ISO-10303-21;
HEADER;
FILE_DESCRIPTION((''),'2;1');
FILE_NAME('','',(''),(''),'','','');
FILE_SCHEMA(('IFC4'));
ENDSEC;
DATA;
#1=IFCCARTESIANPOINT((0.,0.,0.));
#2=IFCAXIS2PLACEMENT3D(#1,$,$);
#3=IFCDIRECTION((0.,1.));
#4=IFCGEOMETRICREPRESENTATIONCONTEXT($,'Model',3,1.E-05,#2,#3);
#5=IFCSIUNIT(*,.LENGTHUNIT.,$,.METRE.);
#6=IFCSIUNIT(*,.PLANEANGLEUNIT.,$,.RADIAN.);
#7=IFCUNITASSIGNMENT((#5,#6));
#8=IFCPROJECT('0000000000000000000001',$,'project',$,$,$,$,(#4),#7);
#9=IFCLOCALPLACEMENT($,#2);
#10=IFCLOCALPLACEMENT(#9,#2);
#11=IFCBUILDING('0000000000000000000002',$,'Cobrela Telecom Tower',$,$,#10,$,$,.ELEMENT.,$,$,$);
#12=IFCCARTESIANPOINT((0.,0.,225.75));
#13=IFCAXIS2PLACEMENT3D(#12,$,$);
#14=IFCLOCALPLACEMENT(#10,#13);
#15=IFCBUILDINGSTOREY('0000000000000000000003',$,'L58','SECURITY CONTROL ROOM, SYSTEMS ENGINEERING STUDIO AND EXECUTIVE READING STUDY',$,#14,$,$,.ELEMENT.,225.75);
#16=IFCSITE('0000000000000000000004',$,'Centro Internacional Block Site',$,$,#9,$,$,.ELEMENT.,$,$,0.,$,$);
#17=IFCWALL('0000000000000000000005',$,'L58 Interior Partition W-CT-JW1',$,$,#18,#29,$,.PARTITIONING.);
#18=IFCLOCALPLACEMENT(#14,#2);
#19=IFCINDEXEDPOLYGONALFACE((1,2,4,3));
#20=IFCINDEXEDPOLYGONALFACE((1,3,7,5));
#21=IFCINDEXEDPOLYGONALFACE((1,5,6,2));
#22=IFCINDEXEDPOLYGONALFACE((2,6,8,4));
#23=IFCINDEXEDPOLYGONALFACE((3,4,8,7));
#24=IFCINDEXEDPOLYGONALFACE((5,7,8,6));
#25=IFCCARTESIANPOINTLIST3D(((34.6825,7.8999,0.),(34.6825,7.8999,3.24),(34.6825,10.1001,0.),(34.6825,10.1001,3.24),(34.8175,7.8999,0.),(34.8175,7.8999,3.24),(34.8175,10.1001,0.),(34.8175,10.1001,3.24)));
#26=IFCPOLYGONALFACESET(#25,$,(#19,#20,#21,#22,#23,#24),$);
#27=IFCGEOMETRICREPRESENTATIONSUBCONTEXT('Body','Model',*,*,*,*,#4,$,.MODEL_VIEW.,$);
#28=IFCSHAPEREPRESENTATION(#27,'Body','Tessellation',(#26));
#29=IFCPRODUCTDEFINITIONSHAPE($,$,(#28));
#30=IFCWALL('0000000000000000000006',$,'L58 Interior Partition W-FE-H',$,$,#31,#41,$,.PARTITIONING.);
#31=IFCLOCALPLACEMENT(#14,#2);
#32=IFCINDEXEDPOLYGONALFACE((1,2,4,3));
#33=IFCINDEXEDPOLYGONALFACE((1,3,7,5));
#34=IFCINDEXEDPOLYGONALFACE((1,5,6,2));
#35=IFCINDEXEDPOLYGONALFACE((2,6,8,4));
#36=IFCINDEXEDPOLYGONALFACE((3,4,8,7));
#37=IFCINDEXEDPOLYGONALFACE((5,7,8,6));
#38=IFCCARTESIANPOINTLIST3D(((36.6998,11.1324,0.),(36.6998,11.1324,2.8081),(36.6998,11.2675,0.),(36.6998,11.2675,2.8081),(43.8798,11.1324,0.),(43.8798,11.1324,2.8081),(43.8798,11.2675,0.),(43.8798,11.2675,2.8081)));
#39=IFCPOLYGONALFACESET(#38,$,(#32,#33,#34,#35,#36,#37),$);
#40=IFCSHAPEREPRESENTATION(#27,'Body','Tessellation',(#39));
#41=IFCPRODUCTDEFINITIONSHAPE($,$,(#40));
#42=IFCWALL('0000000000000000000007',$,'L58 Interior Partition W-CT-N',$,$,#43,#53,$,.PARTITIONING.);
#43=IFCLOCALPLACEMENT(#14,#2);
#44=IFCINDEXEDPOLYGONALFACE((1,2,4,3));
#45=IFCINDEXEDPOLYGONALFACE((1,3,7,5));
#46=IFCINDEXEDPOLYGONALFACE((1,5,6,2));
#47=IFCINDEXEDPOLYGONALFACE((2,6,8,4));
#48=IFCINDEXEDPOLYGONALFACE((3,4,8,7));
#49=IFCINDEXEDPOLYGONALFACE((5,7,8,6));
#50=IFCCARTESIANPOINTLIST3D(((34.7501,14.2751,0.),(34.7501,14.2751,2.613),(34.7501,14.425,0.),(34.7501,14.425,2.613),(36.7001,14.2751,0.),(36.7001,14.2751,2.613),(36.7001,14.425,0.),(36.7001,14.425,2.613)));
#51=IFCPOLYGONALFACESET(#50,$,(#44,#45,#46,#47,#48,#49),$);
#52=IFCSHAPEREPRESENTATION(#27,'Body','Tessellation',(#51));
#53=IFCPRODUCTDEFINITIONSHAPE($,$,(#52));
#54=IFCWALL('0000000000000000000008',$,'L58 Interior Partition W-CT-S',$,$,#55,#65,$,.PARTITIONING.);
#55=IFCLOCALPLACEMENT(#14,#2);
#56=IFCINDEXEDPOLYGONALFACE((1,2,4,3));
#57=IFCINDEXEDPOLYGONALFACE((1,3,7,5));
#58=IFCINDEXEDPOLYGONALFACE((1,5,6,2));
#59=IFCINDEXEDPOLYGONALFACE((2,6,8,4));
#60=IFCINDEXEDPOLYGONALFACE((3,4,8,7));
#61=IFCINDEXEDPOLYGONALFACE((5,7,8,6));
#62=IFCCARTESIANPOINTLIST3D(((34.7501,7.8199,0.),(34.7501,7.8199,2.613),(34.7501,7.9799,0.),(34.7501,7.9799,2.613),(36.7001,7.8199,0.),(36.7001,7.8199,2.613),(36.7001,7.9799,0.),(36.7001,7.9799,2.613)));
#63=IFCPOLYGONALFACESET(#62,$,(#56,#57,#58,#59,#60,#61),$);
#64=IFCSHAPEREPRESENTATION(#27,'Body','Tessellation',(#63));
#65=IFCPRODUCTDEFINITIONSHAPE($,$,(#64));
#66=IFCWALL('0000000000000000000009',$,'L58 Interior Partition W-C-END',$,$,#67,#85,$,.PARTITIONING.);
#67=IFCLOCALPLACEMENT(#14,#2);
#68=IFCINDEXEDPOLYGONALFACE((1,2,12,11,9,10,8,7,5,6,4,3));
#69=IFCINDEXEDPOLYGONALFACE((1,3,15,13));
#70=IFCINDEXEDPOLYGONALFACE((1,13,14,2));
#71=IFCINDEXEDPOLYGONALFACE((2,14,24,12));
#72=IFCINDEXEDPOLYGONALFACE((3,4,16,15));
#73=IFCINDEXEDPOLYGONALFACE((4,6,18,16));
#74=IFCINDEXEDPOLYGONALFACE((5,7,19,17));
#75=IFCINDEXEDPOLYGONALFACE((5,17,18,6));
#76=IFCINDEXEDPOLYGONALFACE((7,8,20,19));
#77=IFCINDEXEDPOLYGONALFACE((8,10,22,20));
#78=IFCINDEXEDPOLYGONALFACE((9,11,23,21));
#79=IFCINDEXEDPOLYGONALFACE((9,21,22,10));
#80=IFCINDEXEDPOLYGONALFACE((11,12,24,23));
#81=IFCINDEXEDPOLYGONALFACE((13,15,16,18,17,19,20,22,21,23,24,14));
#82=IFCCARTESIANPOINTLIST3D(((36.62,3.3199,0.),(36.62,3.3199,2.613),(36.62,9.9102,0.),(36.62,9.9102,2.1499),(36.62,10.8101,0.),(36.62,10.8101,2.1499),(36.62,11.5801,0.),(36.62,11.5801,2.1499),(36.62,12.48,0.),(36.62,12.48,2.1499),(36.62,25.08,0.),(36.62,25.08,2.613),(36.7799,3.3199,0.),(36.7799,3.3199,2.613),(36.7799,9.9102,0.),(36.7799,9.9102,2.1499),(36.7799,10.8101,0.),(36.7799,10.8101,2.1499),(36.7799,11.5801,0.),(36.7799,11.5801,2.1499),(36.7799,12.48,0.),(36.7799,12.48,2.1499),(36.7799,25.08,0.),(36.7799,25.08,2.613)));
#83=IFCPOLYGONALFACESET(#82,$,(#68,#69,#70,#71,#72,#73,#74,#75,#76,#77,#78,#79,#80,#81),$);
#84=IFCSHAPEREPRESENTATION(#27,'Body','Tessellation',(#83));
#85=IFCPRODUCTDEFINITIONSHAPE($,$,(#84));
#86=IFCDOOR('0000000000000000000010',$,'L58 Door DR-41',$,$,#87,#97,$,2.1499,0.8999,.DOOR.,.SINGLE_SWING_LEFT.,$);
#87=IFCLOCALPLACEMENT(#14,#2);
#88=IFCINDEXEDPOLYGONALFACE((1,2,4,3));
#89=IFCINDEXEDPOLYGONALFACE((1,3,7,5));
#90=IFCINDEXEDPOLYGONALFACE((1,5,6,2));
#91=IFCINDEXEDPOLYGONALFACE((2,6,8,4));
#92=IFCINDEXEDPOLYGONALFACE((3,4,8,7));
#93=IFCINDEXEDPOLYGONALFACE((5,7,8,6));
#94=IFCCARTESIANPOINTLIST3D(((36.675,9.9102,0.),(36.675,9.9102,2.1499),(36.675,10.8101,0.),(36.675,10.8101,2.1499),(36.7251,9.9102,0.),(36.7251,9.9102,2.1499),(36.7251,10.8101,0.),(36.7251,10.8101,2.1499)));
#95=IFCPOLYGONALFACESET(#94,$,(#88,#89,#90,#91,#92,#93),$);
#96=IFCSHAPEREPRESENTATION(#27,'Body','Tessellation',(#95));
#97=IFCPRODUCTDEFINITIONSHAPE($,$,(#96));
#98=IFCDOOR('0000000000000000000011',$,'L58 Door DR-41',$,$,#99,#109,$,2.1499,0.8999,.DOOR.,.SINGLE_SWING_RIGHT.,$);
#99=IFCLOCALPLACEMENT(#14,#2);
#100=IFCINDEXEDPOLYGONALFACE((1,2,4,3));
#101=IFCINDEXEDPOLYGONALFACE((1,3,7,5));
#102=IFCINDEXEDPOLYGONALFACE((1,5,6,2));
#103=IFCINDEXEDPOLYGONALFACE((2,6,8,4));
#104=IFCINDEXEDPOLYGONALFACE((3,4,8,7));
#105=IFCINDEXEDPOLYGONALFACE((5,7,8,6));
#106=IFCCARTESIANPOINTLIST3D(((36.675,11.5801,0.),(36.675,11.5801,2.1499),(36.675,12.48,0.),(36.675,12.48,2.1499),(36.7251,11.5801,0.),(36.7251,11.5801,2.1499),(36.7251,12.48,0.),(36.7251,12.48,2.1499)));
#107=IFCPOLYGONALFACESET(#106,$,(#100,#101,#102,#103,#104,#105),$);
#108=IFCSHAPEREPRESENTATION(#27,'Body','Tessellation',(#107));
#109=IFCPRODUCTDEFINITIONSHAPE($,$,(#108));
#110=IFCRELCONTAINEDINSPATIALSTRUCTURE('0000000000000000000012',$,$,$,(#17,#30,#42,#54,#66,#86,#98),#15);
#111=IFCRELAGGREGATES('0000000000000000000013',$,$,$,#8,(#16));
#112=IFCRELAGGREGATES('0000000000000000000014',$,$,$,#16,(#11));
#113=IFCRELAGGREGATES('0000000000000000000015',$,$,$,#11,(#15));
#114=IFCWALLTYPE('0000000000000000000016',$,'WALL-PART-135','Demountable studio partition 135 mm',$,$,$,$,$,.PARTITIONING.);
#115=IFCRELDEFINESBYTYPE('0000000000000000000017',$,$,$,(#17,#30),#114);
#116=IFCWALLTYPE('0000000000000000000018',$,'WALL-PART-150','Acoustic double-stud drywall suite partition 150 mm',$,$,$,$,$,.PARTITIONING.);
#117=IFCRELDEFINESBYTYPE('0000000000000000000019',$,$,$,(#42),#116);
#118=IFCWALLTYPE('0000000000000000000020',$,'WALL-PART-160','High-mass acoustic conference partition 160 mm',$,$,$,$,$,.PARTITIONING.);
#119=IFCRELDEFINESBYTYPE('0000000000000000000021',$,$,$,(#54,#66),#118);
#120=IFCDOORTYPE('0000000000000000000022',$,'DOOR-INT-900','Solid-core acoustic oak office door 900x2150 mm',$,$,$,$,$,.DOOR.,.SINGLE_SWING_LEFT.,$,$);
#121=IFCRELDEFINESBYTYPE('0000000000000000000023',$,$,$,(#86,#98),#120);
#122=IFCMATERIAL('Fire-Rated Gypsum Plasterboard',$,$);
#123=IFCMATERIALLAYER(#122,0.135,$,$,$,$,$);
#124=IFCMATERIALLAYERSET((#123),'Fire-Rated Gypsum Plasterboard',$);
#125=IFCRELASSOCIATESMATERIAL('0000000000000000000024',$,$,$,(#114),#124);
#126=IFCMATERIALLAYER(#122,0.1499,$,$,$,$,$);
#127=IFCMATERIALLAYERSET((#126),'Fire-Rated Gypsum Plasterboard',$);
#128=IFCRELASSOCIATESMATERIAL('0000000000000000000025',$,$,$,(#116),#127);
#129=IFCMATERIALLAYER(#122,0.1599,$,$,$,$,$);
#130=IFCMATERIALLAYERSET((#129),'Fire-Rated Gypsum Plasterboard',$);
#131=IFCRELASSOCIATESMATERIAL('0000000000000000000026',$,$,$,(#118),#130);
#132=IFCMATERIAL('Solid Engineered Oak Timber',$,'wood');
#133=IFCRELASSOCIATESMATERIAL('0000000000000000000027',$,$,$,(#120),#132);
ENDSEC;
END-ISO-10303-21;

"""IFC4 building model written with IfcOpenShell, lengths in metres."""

from ifc_helpers import new_model, si_unit, direction, frame, frame_2d, origin, place, context, subcontext, project, spatial, rectangle, extrude, material, layer, layer_set, type_object, element, fill, save


model = new_model("IFC4")

# Units and contexts
model_context = context("Model", 3, precision=1e-05, world=origin(), true_north=direction((0.0, 1.0)))
body_context = subcontext(model_context, "Body", "Model", "MODEL_VIEW")
ifc_project = project(units=[si_unit("LENGTHUNIT", "METRE"), si_unit("PLANEANGLEUNIT", "RADIAN")], contexts=[model_context])

# Site, building, storey
site_placement = place(None, origin())
site = spatial("IfcSite", under=ifc_project, at=site_placement, Name="Centro Internacional Block Site", CompositionType="ELEMENT", RefElevation=0.0)
building_placement = place(site_placement, origin())
building = spatial("IfcBuilding", under=site, at=building_placement, Name="Cobrela Telecom Tower", CompositionType="ELEMENT")
storey_placement = place(building_placement, frame((0.0, 0.0, 225.75)))
storey = spatial("IfcBuildingStorey", under=building, at=storey_placement, Name="L58", Description="SECURITY CONTROL ROOM, SYSTEMS ENGINEERING STUDIO AND EXECUTIVE READING STUDY", CompositionType="ELEMENT", Elevation=225.75)

# Walls
ifc_material_1 = material(Name="Fire-Rated Gypsum Plasterboard")
ifc_layer_1 = layer(ifc_material_1, 0.135)
ifc_layer_set_1 = layer_set([ifc_layer_1], Name="Fire-Rated Gypsum Plasterboard")
wall_type_1 = type_object("IfcWallType", Name="WALL-PART-135", Description="Demountable studio partition 135 mm", PredefinedType="PARTITIONING", material=ifc_layer_set_1)
wall_1_placement = place(storey_placement, frame((34.75, 7.8999, 0.0), z_axis=(0.0, 0.0, 1.0), x_axis=(0.0, 1.0, 0.0)))
element("IfcWall", 1, at=wall_1_placement, inside=storey, type_object=wall_type_1, Name="L58 Interior Partition W-CT-JW1", PredefinedType="PARTITIONING", context=body_context, shape_type="SweptSolid", body=[
    extrude(rectangle(XDim=2.2002, YDim=0.135, at=frame_2d((1.1001, 0.0))), origin(), (0.0, 0.0, 1.0), 3.24),
])
wall_2_placement = place(storey_placement, frame((36.7, 11.2, 0.0), z_axis=(0.0, 0.0, 1.0), x_axis=(1.0, 0.0, 0.0)))
element("IfcWall", 2, at=wall_2_placement, inside=storey, type_object=wall_type_1, Name="L58 Interior Partition W-FE-H", PredefinedType="PARTITIONING", context=body_context, shape_type="SweptSolid", body=[
    extrude(rectangle(XDim=7.1799, YDim=0.135, at=frame_2d((3.5898, 0.0))), origin(), (0.0, 0.0, 1.0), 2.8081),
])
ifc_layer_2 = layer(ifc_material_1, 0.1499)
ifc_layer_set_2 = layer_set([ifc_layer_2], Name="Fire-Rated Gypsum Plasterboard")
wall_type_2 = type_object("IfcWallType", Name="WALL-PART-150", Description="Acoustic double-stud drywall suite partition 150 mm", PredefinedType="PARTITIONING", material=ifc_layer_set_2)
wall_3_placement = place(storey_placement, frame((34.75, 14.3501, 0.0), z_axis=(0.0, 0.0, 1.0), x_axis=(1.0, 0.0, 0.0)))
element("IfcWall", 3, at=wall_3_placement, inside=storey, type_object=wall_type_2, Name="L58 Interior Partition W-CT-N", PredefinedType="PARTITIONING", context=body_context, shape_type="SweptSolid", body=[
    extrude(rectangle(XDim=1.95, YDim=0.1499, at=frame_2d((0.9751, 0.0))), origin(), (0.0, 0.0, 1.0), 2.613),
])
ifc_layer_3 = layer(ifc_material_1, 0.1599)
ifc_layer_set_3 = layer_set([ifc_layer_3], Name="Fire-Rated Gypsum Plasterboard")
wall_type_3 = type_object("IfcWallType", Name="WALL-PART-160", Description="High-mass acoustic conference partition 160 mm", PredefinedType="PARTITIONING", material=ifc_layer_set_3)
wall_4_placement = place(storey_placement, frame((34.75, 7.8999, 0.0), z_axis=(0.0, 0.0, 1.0), x_axis=(1.0, 0.0, 0.0)))
element("IfcWall", 4, at=wall_4_placement, inside=storey, type_object=wall_type_3, Name="L58 Interior Partition W-CT-S", PredefinedType="PARTITIONING", context=body_context, shape_type="SweptSolid", body=[
    extrude(rectangle(XDim=1.95, YDim=0.1599, at=frame_2d((0.9751, 0.0))), origin(), (0.0, 0.0, 1.0), 2.613),
])

# Wall, openings, doors
wall_5_placement = place(storey_placement, frame((36.7, 3.3201, 0.0), z_axis=(0.0, 0.0, 1.0), x_axis=(0.0, 1.0, 0.0)))
wall_5 = element("IfcWall", 5, at=wall_5_placement, inside=storey, type_object=wall_type_3, Name="L58 Interior Partition W-C-END", PredefinedType="PARTITIONING", context=body_context, shape_type="SweptSolid", body=[
    extrude(rectangle(XDim=21.76, YDim=0.1599, at=frame_2d((10.8799, 0.0))), origin(), (0.0, 0.0, 1.0), 2.613),
])
opening_1_placement = place(wall_5_placement, frame((6.5901, 0.0, 0.0)))
opening_1 = element("IfcOpeningElement", 6, at=opening_1_placement, cuts=wall_5, PredefinedType="OPENING", context=body_context, shape_type="SweptSolid", body=[
    extrude(rectangle(XDim=0.8999, YDim=2.1499, at=frame_2d((0.45, 1.075))), frame((0.0, 0.0918, 0.0), z_axis=(0.0, -1.0, 0.0), x_axis=(1.0, 0.0, 0.0)), (0.0, 0.0, 1.0), 0.1838),
])
opening_2_placement = place(wall_5_placement, frame((8.26, 0.0, 0.0)))
opening_2 = element("IfcOpeningElement", 7, at=opening_2_placement, cuts=wall_5, PredefinedType="OPENING", context=body_context, shape_type="SweptSolid", body=[
    extrude(rectangle(XDim=0.8999, YDim=2.1499, at=frame_2d((0.45, 1.075))), frame((0.0, 0.0918, 0.0), z_axis=(0.0, -1.0, 0.0), x_axis=(1.0, 0.0, 0.0)), (0.0, 0.0, 1.0), 0.1838),
])
ifc_material_2 = material(Name="Solid Engineered Oak Timber", Category="wood")
door_type = type_object("IfcDoorType", Name="DOOR-INT-900", Description="Solid-core acoustic oak office door 900x2150 mm", OperationType="SINGLE_SWING_LEFT", PredefinedType="DOOR", material=ifc_material_2)
door_1_placement = place(opening_1_placement, origin())
door_1 = element("IfcDoor", 8, at=door_1_placement, inside=storey, type_object=door_type, Name="L58 Door DR-41", OperationType="SINGLE_SWING_LEFT", OverallHeight=2.1499, OverallWidth=0.8999, PredefinedType="DOOR", context=body_context, shape_type="SweptSolid", body=[
    extrude(rectangle(XDim=0.8999, YDim=2.1499, at=frame_2d((0.45, 1.075))), frame((0.0, 0.0249, 0.0), z_axis=(0.0, -1.0, 0.0), x_axis=(1.0, 0.0, 0.0)), (0.0, 0.0, 1.0), 0.05),
])
fill(opening_1, door_1)
door_2_placement = place(opening_2_placement, origin())
door_2 = element("IfcDoor", 9, at=door_2_placement, inside=storey, type_object=door_type, Name="L58 Door DR-41", OperationType="SINGLE_SWING_RIGHT", OverallHeight=2.1499, OverallWidth=0.8999, PredefinedType="DOOR", context=body_context, shape_type="SweptSolid", body=[
    extrude(rectangle(XDim=0.8999, YDim=2.1499, at=frame_2d((0.45, 1.075))), frame((0.0, 0.0249, 0.0), z_axis=(0.0, -1.0, 0.0), x_axis=(1.0, 0.0, 0.0)), (0.0, 0.0, 1.0), 0.05),
])
fill(opening_2, door_2)

save(model, "model.ifc")
